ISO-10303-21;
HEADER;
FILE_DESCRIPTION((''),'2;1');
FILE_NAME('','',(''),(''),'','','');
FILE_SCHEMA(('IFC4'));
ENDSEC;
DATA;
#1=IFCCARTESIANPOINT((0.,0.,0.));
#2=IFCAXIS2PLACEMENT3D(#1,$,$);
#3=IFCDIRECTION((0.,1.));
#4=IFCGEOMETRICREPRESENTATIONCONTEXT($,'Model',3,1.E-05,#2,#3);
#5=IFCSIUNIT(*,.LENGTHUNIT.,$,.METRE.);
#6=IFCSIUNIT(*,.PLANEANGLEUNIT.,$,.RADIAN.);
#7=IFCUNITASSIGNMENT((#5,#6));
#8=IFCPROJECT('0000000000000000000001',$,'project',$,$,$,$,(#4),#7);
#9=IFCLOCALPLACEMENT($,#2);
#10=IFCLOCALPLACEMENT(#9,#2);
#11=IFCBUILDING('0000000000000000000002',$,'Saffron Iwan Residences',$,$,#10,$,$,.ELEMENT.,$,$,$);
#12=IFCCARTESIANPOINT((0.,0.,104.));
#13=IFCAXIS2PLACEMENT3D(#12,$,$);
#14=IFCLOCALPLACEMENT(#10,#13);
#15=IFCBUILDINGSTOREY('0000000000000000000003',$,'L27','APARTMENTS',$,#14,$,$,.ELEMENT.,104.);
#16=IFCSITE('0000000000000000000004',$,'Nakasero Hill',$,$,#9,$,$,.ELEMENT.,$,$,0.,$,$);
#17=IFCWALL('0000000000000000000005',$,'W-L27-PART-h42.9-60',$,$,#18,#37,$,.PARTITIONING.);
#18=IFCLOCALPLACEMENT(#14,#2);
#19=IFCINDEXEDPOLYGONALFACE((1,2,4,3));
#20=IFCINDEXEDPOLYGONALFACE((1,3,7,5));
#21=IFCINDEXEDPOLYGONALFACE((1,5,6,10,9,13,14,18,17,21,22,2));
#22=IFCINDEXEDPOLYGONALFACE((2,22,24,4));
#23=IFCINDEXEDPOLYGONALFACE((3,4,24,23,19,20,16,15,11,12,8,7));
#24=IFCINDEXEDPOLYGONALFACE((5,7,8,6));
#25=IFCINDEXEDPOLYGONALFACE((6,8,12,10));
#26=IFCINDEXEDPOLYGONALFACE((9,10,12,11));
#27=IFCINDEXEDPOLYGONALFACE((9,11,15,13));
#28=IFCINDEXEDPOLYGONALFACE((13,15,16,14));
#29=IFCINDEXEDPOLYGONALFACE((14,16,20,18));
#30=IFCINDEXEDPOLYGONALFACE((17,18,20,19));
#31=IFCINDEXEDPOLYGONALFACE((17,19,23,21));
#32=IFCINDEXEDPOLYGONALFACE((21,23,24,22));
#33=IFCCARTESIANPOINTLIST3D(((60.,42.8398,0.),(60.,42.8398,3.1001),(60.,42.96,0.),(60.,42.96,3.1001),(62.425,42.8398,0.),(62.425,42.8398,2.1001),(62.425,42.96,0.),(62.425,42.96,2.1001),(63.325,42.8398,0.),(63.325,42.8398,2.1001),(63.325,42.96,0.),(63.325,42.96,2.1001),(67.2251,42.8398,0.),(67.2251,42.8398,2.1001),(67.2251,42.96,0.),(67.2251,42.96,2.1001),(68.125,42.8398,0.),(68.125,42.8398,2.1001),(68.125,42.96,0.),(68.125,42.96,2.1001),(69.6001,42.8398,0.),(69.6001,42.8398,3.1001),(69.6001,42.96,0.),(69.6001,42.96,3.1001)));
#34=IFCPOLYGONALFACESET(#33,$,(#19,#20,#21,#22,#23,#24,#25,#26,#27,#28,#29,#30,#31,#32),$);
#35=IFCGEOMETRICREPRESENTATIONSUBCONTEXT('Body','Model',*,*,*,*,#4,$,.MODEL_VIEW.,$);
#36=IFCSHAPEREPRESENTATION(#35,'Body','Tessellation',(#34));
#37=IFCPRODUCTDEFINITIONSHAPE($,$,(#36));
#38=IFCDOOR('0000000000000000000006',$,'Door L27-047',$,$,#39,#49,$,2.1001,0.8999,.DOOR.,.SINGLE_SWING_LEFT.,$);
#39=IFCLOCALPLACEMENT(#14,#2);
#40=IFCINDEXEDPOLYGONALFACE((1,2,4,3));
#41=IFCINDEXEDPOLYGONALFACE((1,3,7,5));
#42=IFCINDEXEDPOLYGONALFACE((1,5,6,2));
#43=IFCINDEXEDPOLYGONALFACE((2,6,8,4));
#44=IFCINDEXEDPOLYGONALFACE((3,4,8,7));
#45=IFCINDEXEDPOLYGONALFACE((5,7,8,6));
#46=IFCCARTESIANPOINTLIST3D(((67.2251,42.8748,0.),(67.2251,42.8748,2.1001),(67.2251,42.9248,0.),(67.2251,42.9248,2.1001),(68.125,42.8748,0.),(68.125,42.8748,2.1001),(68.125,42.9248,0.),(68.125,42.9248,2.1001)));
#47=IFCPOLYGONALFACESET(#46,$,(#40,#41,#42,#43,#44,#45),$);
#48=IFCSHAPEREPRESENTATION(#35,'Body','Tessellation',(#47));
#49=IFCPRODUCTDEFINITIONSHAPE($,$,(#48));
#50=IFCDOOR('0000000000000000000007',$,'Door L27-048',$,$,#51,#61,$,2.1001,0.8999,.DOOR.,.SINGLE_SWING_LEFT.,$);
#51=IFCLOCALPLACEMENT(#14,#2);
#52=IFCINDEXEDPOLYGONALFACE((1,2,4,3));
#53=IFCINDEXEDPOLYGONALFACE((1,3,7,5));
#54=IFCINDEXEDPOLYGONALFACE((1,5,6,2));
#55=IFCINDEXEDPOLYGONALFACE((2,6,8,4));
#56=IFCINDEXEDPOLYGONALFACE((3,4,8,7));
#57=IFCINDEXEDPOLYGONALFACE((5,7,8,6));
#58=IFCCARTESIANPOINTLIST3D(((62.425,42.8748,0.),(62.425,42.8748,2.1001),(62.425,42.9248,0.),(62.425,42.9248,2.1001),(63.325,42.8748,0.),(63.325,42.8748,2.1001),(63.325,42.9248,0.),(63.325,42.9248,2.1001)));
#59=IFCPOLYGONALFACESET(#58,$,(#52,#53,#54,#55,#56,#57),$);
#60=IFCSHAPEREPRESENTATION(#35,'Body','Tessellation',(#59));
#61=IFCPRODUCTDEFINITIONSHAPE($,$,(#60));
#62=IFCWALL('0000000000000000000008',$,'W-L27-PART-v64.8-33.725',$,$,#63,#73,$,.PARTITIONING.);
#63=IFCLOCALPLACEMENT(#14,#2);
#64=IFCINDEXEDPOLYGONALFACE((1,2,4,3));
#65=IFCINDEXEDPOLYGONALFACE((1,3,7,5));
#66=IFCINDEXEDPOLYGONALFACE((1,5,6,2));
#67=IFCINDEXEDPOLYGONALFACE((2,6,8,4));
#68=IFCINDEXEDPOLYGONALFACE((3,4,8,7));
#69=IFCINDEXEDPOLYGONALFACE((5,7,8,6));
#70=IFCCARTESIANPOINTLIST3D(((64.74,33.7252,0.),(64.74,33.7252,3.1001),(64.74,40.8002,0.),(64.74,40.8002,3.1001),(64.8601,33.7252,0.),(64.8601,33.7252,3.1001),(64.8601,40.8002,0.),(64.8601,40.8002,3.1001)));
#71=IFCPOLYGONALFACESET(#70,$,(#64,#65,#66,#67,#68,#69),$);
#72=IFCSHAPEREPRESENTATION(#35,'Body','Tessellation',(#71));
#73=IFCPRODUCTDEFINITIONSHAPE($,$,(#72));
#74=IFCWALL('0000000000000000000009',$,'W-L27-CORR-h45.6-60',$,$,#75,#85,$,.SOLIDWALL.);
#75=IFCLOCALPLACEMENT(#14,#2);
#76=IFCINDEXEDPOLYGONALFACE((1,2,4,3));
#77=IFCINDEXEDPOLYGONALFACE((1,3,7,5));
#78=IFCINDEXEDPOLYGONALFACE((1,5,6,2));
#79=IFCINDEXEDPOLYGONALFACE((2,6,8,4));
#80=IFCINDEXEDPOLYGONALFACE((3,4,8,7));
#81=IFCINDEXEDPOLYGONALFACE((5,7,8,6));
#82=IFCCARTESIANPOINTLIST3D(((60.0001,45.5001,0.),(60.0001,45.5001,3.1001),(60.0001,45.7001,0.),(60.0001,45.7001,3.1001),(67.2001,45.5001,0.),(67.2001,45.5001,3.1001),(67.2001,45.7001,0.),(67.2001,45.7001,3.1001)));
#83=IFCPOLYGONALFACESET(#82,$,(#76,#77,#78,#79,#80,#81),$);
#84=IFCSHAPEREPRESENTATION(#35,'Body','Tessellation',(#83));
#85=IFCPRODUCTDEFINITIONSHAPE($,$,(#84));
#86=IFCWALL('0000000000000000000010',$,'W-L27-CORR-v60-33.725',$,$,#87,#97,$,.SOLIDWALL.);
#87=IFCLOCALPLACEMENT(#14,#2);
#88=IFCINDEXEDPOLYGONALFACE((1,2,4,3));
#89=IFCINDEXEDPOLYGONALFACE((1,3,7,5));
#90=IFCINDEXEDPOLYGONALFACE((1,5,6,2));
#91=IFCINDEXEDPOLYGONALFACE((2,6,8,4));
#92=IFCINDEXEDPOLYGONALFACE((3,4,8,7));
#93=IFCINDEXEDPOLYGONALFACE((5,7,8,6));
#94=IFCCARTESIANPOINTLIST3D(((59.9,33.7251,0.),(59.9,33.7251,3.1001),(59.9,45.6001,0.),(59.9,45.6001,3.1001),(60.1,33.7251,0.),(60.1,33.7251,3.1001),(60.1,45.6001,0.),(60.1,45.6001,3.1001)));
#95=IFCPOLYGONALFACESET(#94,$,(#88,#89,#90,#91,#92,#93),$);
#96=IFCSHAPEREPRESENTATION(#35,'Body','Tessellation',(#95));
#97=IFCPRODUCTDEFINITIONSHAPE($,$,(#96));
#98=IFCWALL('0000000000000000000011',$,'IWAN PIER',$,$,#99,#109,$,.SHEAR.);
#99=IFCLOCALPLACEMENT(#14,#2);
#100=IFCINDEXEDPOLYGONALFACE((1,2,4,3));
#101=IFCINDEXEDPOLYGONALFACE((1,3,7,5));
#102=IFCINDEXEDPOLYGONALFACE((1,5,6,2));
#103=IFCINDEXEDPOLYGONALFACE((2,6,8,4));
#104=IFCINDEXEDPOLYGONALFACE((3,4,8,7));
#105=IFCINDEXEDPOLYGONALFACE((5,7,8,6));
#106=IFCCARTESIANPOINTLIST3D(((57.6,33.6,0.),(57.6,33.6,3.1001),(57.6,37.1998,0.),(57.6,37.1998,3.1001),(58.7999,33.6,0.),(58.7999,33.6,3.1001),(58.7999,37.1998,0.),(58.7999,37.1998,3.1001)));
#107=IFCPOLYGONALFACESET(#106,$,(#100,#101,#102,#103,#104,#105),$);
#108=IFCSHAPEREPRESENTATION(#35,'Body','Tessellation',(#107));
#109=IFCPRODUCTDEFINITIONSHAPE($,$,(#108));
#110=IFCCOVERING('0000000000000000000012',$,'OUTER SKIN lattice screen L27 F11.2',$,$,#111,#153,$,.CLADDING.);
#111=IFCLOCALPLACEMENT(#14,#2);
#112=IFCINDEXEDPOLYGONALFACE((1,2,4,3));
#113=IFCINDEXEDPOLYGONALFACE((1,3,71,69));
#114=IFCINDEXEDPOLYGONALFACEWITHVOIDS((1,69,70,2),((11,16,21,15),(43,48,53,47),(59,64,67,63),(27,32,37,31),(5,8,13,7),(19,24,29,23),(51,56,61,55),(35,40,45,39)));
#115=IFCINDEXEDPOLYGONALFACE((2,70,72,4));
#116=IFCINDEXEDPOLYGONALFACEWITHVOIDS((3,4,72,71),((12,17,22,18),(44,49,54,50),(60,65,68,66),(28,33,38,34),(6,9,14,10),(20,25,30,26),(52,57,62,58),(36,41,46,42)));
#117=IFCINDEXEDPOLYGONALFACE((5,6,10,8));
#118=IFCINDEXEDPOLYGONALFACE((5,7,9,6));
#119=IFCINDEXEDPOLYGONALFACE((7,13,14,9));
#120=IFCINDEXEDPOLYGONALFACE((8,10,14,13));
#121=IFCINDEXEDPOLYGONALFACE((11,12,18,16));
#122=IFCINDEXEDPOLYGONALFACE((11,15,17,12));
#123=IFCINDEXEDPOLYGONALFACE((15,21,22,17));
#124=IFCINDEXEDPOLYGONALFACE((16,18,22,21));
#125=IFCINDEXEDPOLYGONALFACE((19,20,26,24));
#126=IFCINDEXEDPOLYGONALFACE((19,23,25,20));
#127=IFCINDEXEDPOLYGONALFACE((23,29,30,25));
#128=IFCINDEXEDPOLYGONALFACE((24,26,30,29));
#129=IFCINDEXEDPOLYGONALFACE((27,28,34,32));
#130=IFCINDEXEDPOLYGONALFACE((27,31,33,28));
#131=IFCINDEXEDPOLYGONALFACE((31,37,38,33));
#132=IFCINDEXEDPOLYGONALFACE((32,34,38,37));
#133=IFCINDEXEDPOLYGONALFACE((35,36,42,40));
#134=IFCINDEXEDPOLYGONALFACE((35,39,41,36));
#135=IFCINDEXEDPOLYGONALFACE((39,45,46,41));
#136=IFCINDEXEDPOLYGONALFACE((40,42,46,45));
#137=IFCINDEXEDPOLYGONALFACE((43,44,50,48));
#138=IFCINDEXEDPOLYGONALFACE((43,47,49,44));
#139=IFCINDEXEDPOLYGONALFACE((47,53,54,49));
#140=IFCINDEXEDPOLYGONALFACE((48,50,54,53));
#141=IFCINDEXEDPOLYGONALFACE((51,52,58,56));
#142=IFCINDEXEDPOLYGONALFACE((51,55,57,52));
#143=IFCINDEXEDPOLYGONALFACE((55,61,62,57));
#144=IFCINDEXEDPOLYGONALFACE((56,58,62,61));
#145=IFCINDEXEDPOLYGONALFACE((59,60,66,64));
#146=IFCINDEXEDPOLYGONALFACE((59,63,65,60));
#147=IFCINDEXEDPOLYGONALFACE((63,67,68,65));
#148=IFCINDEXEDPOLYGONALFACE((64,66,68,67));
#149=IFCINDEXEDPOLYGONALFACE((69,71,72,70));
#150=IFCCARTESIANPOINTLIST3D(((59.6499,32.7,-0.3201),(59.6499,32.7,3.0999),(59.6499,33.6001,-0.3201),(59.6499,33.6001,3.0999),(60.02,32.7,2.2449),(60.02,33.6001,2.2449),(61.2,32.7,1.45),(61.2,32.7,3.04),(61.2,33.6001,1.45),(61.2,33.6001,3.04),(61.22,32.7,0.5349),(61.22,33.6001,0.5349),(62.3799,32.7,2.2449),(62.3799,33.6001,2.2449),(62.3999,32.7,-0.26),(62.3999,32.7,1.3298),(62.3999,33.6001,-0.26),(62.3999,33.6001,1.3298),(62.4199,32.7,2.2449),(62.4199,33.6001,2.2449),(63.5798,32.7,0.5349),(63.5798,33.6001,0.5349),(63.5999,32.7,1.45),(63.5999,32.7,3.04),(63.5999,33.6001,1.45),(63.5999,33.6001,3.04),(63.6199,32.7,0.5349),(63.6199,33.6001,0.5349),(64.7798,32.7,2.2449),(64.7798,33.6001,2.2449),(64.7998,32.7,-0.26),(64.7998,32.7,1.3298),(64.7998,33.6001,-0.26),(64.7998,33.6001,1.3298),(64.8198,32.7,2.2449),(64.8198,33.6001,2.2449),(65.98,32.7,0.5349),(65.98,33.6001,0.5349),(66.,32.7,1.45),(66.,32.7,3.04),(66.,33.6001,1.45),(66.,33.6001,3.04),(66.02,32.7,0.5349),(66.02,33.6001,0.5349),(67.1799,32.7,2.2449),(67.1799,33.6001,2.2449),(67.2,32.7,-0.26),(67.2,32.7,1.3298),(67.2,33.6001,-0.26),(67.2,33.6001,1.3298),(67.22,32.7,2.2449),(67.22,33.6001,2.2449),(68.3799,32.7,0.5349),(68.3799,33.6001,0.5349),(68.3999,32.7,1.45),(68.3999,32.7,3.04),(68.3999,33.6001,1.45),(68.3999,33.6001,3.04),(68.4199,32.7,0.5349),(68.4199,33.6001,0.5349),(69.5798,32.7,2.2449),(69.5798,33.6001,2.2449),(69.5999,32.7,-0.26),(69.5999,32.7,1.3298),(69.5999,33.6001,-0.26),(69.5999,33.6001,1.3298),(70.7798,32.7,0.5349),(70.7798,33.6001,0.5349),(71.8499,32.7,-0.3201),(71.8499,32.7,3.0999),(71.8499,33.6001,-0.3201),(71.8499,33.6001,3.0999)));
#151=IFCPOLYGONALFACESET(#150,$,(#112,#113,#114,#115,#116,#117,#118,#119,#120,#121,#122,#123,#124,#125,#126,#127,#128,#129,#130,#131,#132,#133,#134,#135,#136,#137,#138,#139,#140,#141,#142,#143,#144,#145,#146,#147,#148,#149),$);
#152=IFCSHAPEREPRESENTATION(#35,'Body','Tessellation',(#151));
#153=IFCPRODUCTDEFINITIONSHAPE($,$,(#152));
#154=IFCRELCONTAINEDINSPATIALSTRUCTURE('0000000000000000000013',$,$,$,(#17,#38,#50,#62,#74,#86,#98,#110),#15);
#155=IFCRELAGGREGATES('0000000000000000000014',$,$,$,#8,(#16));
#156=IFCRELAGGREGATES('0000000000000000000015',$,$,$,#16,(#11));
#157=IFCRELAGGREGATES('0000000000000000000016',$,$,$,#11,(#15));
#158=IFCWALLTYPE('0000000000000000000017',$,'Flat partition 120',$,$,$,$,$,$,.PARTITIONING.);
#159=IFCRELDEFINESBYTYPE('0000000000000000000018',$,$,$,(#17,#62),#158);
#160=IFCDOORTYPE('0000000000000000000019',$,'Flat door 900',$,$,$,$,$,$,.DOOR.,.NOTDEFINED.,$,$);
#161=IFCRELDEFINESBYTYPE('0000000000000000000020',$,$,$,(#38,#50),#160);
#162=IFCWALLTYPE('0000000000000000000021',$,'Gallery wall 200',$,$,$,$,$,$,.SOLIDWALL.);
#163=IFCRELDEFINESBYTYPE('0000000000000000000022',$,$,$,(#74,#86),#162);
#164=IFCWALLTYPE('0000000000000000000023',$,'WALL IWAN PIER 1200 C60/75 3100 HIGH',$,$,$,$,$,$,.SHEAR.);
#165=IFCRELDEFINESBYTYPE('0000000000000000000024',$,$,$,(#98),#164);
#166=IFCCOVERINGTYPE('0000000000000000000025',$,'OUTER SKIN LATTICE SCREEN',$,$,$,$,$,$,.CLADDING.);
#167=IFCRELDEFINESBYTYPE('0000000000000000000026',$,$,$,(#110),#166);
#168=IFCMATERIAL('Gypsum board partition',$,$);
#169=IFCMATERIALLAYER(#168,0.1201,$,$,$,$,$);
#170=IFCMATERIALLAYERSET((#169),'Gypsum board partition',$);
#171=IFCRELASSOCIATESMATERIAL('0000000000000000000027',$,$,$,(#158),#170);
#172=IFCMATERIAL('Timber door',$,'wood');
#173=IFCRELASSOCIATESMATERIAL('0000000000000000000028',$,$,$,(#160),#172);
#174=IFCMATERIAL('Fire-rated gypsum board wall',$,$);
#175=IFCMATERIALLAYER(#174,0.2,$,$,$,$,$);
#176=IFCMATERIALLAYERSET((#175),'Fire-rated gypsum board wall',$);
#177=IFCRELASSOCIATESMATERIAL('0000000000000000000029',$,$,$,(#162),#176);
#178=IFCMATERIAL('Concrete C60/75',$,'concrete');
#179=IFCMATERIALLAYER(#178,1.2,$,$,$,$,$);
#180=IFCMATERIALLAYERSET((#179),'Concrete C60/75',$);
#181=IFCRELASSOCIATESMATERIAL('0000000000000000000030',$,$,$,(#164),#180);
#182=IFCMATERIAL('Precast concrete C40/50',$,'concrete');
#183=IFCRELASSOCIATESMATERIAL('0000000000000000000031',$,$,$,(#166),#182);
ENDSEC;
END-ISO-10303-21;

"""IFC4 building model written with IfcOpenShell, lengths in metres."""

from ifc_helpers import new_model, si_unit, direction, frame, frame_2d, origin, place, context, subcontext, project, spatial, polyline, rectangle, outline, extrude, material, layer, layer_set, type_object, element, fill, save


model = new_model("IFC4")

# Units and contexts
model_context = context("Model", 3, precision=1e-05, world=origin(), true_north=direction((0.0, 1.0)))
body_context = subcontext(model_context, "Body", "Model", "MODEL_VIEW")
ifc_project = project(units=[si_unit("LENGTHUNIT", "METRE"), si_unit("PLANEANGLEUNIT", "RADIAN")], contexts=[model_context])

# Site, building, storey
site_placement = place(None, origin())
site = spatial("IfcSite", under=ifc_project, at=site_placement, Name="Nakasero Hill", CompositionType="ELEMENT", RefElevation=0.0)
building_placement = place(site_placement, origin())
building = spatial("IfcBuilding", under=site, at=building_placement, Name="Saffron Iwan Residences", CompositionType="ELEMENT")
storey_placement = place(building_placement, frame((0.0, 0.0, 104.0)))
storey = spatial("IfcBuildingStorey", under=building, at=storey_placement, Name="L27", Description="APARTMENTS", CompositionType="ELEMENT", Elevation=104.0)

# Shared definitions
ifc_material_1 = material(Name="Concrete C60/75", Category="concrete")

# Shared definitions
ifc_material_2 = material(Name="Gypsum board partition")
ifc_layer_1 = layer(ifc_material_2, 0.1201)
ifc_layer_set_1 = layer_set([ifc_layer_1], Name="Gypsum board partition")
wall_type_1 = type_object("IfcWallType", Name="Flat partition 120", PredefinedType="PARTITIONING", material=ifc_layer_set_1)

# Shared definitions
ifc_material_3 = material(Name="Timber door", Category="wood")
door_type = type_object("IfcDoorType", Name="Flat door 900", OperationType="NOTDEFINED", PredefinedType="DOOR", material=ifc_material_3)

# Wall, openings, doors
wall_1_placement = place(storey_placement, frame((60.0, 42.8999, 0.0), z_axis=(0.0, 0.0, 1.0), x_axis=(1.0, 0.0, 0.0)))
wall_1 = element("IfcWall", 1, at=wall_1_placement, inside=storey, type_object=wall_type_1, Name="W-L27-PART-h42.9-60", PredefinedType="PARTITIONING", context=body_context, shape_type="SweptSolid", body=[
    extrude(rectangle(XDim=9.6001, YDim=0.1201, at=frame_2d((4.8, 0.0))), origin(), (0.0, 0.0, 1.0), 3.1001),
])
opening_1_placement = place(wall_1_placement, frame((7.2251, 0.0, 0.0)))
opening_1 = element("IfcOpeningElement", 2, at=opening_1_placement, cuts=wall_1, PredefinedType="OPENING", context=body_context, shape_type="SweptSolid", body=[
    extrude(rectangle(XDim=0.8999, YDim=2.1001, at=frame_2d((0.45, 1.05))), frame((0.0, 0.0701, 0.0), z_axis=(0.0, -1.0, 0.0), x_axis=(1.0, 0.0, 0.0)), (0.0, 0.0, 1.0), 0.1401),
])
opening_2_placement = place(wall_1_placement, frame((2.425, 0.0, 0.0)))
opening_2 = element("IfcOpeningElement", 3, at=opening_2_placement, cuts=wall_1, PredefinedType="OPENING", context=body_context, shape_type="SweptSolid", body=[
    extrude(rectangle(XDim=0.8999, YDim=2.1001, at=frame_2d((0.45, 1.05))), frame((0.0, 0.0701, 0.0), z_axis=(0.0, -1.0, 0.0), x_axis=(1.0, 0.0, 0.0)), (0.0, 0.0, 1.0), 0.1401),
])
door_1_placement = place(opening_1_placement, origin())
door_1 = element("IfcDoor", 4, at=door_1_placement, inside=storey, type_object=door_type, Name="Door L27-047", OperationType="SINGLE_SWING_LEFT", OverallHeight=2.1001, OverallWidth=0.8999, PredefinedType="DOOR", context=body_context, shape_type="SweptSolid", body=[
    extrude(rectangle(XDim=0.8999, YDim=2.1001, at=frame_2d((0.45, 1.05))), frame((0.0, 0.0249, 0.0), z_axis=(0.0, -1.0, 0.0), x_axis=(1.0, 0.0, 0.0)), (0.0, 0.0, 1.0), 0.05),
])
fill(opening_1, door_1)
door_2_placement = place(opening_2_placement, origin())
door_2 = element("IfcDoor", 5, at=door_2_placement, inside=storey, type_object=door_type, Name="Door L27-048", OperationType="SINGLE_SWING_LEFT", OverallHeight=2.1001, OverallWidth=0.8999, PredefinedType="DOOR", context=body_context, shape_type="SweptSolid", body=[
    extrude(rectangle(XDim=0.8999, YDim=2.1001, at=frame_2d((0.45, 1.05))), frame((0.0, 0.0249, 0.0), z_axis=(0.0, -1.0, 0.0), x_axis=(1.0, 0.0, 0.0)), (0.0, 0.0, 1.0), 0.05),
])
fill(opening_2, door_2)

# Walls
wall_2_placement = place(storey_placement, frame((64.8, 33.7251, 0.0), z_axis=(0.0, 0.0, 1.0), x_axis=(0.0, 1.0, 0.0)))
element("IfcWall", 6, at=wall_2_placement, inside=storey, type_object=wall_type_1, Name="W-L27-PART-v64.8-33.725", PredefinedType="PARTITIONING", context=body_context, shape_type="SweptSolid", body=[
    extrude(rectangle(XDim=7.075, YDim=0.1201, at=frame_2d((3.5376, 0.0))), origin(), (0.0, 0.0, 1.0), 3.1001),
])
ifc_material_4 = material(Name="Fire-rated gypsum board wall")
ifc_layer_2 = layer(ifc_material_4, 0.2)
ifc_layer_set_2 = layer_set([ifc_layer_2], Name="Fire-rated gypsum board wall")
wall_type_2 = type_object("IfcWallType", Name="Gallery wall 200", PredefinedType="SOLIDWALL", material=ifc_layer_set_2)
wall_3_placement = place(storey_placement, frame((60.0, 45.6001, 0.0), z_axis=(0.0, 0.0, 1.0), x_axis=(1.0, 0.0, 0.0)))
element("IfcWall", 7, at=wall_3_placement, inside=storey, type_object=wall_type_2, Name="W-L27-CORR-h45.6-60", PredefinedType="SOLIDWALL", context=body_context, shape_type="SweptSolid", body=[
    extrude(rectangle(XDim=7.2, YDim=0.2, at=frame_2d((3.6001, 0.0))), origin(), (0.0, 0.0, 1.0), 3.1001),
])
wall_4_placement = place(storey_placement, frame((60.0, 33.7251, 0.0), z_axis=(0.0, 0.0, 1.0), x_axis=(0.0, 1.0, 0.0)))
element("IfcWall", 8, at=wall_4_placement, inside=storey, type_object=wall_type_2, Name="W-L27-CORR-v60-33.725", PredefinedType="SOLIDWALL", context=body_context, shape_type="SweptSolid", body=[
    extrude(rectangle(XDim=11.875, YDim=0.2, at=frame_2d((5.9375, 0.0))), origin(), (0.0, 0.0, 1.0), 3.1001),
])
ifc_layer_3 = layer(ifc_material_1, 1.2)
ifc_layer_set_3 = layer_set([ifc_layer_3], Name="Concrete C60/75")
wall_type_3 = type_object("IfcWallType", Name="WALL IWAN PIER 1200 C60/75 3100 HIGH", PredefinedType="SHEAR", material=ifc_layer_set_3)
wall_5_placement = place(storey_placement, frame((58.2, 33.6001, 0.0), z_axis=(0.0, 0.0, 1.0), x_axis=(0.0, 1.0, 0.0)))
element("IfcWall", 9, at=wall_5_placement, inside=storey, type_object=wall_type_3, Name="IWAN PIER", PredefinedType="SHEAR", context=body_context, shape_type="SweptSolid", body=[
    extrude(rectangle(XDim=3.5999, YDim=1.2, at=frame_2d((1.7998, 0.0))), origin(), (0.0, 0.0, 1.0), 3.1001),
])

# Covering
ifc_material_5 = material(Name="Precast concrete C40/50", Category="concrete")
covering_type = type_object("IfcCoveringType", Name="OUTER SKIN LATTICE SCREEN", PredefinedType="CLADDING", material=ifc_material_5)
covering_placement = place(storey_placement, frame((59.6499, 33.6001, -0.3201), z_axis=(0.0, -1.0, 0.0), x_axis=(1.0, 0.0, 0.0)))
element("IfcCovering", 10, at=covering_placement, inside=storey, type_object=covering_type, Name="OUTER SKIN lattice screen L27 F11.2", PredefinedType="CLADDING", context=body_context, shape_type="SweptSolid", body=[
    extrude(outline(polyline([(0.0, 0.0), (12.2, 0.0), (12.2, 3.4199), (0.0, 3.4199), (0.0, 0.0)]), holes=[polyline([(1.5701, 0.855), (2.75, 0.0601), (3.9299, 0.855), (2.75, 1.6499), (1.5701, 0.855)]), polyline([(3.97, 0.855), (5.1499, 0.0601), (6.3301, 0.855), (5.1499, 1.6499), (3.97, 0.855)]), polyline([(6.3701, 0.855), (7.55, 0.0601), (8.73, 0.855), (7.55, 1.6499), (6.3701, 0.855)]), polyline([(8.77, 0.855), (9.95, 0.0601), (11.1299, 0.855), (9.95, 1.6499), (8.77, 0.855)]), polyline([(0.3701, 2.5649), (1.55, 1.77), (2.73, 2.5649), (1.55, 3.3601), (0.3701, 2.5649)]), polyline([(2.77, 2.5649), (3.95, 1.77), (5.1299, 2.5649), (3.95, 3.3601), (2.77, 2.5649)]), polyline([(5.1699, 2.5649), (6.3501, 1.77), (7.53, 2.5649), (6.3501, 3.3601), (5.1699, 2.5649)]), polyline([(7.5701, 2.5649), (8.75, 1.77), (9.9299, 2.5649), (8.75, 3.3601), (7.5701, 2.5649)])]), origin(), (0.0, 0.0, 1.0), 0.9001),
])

save(model, "model.ifc")
